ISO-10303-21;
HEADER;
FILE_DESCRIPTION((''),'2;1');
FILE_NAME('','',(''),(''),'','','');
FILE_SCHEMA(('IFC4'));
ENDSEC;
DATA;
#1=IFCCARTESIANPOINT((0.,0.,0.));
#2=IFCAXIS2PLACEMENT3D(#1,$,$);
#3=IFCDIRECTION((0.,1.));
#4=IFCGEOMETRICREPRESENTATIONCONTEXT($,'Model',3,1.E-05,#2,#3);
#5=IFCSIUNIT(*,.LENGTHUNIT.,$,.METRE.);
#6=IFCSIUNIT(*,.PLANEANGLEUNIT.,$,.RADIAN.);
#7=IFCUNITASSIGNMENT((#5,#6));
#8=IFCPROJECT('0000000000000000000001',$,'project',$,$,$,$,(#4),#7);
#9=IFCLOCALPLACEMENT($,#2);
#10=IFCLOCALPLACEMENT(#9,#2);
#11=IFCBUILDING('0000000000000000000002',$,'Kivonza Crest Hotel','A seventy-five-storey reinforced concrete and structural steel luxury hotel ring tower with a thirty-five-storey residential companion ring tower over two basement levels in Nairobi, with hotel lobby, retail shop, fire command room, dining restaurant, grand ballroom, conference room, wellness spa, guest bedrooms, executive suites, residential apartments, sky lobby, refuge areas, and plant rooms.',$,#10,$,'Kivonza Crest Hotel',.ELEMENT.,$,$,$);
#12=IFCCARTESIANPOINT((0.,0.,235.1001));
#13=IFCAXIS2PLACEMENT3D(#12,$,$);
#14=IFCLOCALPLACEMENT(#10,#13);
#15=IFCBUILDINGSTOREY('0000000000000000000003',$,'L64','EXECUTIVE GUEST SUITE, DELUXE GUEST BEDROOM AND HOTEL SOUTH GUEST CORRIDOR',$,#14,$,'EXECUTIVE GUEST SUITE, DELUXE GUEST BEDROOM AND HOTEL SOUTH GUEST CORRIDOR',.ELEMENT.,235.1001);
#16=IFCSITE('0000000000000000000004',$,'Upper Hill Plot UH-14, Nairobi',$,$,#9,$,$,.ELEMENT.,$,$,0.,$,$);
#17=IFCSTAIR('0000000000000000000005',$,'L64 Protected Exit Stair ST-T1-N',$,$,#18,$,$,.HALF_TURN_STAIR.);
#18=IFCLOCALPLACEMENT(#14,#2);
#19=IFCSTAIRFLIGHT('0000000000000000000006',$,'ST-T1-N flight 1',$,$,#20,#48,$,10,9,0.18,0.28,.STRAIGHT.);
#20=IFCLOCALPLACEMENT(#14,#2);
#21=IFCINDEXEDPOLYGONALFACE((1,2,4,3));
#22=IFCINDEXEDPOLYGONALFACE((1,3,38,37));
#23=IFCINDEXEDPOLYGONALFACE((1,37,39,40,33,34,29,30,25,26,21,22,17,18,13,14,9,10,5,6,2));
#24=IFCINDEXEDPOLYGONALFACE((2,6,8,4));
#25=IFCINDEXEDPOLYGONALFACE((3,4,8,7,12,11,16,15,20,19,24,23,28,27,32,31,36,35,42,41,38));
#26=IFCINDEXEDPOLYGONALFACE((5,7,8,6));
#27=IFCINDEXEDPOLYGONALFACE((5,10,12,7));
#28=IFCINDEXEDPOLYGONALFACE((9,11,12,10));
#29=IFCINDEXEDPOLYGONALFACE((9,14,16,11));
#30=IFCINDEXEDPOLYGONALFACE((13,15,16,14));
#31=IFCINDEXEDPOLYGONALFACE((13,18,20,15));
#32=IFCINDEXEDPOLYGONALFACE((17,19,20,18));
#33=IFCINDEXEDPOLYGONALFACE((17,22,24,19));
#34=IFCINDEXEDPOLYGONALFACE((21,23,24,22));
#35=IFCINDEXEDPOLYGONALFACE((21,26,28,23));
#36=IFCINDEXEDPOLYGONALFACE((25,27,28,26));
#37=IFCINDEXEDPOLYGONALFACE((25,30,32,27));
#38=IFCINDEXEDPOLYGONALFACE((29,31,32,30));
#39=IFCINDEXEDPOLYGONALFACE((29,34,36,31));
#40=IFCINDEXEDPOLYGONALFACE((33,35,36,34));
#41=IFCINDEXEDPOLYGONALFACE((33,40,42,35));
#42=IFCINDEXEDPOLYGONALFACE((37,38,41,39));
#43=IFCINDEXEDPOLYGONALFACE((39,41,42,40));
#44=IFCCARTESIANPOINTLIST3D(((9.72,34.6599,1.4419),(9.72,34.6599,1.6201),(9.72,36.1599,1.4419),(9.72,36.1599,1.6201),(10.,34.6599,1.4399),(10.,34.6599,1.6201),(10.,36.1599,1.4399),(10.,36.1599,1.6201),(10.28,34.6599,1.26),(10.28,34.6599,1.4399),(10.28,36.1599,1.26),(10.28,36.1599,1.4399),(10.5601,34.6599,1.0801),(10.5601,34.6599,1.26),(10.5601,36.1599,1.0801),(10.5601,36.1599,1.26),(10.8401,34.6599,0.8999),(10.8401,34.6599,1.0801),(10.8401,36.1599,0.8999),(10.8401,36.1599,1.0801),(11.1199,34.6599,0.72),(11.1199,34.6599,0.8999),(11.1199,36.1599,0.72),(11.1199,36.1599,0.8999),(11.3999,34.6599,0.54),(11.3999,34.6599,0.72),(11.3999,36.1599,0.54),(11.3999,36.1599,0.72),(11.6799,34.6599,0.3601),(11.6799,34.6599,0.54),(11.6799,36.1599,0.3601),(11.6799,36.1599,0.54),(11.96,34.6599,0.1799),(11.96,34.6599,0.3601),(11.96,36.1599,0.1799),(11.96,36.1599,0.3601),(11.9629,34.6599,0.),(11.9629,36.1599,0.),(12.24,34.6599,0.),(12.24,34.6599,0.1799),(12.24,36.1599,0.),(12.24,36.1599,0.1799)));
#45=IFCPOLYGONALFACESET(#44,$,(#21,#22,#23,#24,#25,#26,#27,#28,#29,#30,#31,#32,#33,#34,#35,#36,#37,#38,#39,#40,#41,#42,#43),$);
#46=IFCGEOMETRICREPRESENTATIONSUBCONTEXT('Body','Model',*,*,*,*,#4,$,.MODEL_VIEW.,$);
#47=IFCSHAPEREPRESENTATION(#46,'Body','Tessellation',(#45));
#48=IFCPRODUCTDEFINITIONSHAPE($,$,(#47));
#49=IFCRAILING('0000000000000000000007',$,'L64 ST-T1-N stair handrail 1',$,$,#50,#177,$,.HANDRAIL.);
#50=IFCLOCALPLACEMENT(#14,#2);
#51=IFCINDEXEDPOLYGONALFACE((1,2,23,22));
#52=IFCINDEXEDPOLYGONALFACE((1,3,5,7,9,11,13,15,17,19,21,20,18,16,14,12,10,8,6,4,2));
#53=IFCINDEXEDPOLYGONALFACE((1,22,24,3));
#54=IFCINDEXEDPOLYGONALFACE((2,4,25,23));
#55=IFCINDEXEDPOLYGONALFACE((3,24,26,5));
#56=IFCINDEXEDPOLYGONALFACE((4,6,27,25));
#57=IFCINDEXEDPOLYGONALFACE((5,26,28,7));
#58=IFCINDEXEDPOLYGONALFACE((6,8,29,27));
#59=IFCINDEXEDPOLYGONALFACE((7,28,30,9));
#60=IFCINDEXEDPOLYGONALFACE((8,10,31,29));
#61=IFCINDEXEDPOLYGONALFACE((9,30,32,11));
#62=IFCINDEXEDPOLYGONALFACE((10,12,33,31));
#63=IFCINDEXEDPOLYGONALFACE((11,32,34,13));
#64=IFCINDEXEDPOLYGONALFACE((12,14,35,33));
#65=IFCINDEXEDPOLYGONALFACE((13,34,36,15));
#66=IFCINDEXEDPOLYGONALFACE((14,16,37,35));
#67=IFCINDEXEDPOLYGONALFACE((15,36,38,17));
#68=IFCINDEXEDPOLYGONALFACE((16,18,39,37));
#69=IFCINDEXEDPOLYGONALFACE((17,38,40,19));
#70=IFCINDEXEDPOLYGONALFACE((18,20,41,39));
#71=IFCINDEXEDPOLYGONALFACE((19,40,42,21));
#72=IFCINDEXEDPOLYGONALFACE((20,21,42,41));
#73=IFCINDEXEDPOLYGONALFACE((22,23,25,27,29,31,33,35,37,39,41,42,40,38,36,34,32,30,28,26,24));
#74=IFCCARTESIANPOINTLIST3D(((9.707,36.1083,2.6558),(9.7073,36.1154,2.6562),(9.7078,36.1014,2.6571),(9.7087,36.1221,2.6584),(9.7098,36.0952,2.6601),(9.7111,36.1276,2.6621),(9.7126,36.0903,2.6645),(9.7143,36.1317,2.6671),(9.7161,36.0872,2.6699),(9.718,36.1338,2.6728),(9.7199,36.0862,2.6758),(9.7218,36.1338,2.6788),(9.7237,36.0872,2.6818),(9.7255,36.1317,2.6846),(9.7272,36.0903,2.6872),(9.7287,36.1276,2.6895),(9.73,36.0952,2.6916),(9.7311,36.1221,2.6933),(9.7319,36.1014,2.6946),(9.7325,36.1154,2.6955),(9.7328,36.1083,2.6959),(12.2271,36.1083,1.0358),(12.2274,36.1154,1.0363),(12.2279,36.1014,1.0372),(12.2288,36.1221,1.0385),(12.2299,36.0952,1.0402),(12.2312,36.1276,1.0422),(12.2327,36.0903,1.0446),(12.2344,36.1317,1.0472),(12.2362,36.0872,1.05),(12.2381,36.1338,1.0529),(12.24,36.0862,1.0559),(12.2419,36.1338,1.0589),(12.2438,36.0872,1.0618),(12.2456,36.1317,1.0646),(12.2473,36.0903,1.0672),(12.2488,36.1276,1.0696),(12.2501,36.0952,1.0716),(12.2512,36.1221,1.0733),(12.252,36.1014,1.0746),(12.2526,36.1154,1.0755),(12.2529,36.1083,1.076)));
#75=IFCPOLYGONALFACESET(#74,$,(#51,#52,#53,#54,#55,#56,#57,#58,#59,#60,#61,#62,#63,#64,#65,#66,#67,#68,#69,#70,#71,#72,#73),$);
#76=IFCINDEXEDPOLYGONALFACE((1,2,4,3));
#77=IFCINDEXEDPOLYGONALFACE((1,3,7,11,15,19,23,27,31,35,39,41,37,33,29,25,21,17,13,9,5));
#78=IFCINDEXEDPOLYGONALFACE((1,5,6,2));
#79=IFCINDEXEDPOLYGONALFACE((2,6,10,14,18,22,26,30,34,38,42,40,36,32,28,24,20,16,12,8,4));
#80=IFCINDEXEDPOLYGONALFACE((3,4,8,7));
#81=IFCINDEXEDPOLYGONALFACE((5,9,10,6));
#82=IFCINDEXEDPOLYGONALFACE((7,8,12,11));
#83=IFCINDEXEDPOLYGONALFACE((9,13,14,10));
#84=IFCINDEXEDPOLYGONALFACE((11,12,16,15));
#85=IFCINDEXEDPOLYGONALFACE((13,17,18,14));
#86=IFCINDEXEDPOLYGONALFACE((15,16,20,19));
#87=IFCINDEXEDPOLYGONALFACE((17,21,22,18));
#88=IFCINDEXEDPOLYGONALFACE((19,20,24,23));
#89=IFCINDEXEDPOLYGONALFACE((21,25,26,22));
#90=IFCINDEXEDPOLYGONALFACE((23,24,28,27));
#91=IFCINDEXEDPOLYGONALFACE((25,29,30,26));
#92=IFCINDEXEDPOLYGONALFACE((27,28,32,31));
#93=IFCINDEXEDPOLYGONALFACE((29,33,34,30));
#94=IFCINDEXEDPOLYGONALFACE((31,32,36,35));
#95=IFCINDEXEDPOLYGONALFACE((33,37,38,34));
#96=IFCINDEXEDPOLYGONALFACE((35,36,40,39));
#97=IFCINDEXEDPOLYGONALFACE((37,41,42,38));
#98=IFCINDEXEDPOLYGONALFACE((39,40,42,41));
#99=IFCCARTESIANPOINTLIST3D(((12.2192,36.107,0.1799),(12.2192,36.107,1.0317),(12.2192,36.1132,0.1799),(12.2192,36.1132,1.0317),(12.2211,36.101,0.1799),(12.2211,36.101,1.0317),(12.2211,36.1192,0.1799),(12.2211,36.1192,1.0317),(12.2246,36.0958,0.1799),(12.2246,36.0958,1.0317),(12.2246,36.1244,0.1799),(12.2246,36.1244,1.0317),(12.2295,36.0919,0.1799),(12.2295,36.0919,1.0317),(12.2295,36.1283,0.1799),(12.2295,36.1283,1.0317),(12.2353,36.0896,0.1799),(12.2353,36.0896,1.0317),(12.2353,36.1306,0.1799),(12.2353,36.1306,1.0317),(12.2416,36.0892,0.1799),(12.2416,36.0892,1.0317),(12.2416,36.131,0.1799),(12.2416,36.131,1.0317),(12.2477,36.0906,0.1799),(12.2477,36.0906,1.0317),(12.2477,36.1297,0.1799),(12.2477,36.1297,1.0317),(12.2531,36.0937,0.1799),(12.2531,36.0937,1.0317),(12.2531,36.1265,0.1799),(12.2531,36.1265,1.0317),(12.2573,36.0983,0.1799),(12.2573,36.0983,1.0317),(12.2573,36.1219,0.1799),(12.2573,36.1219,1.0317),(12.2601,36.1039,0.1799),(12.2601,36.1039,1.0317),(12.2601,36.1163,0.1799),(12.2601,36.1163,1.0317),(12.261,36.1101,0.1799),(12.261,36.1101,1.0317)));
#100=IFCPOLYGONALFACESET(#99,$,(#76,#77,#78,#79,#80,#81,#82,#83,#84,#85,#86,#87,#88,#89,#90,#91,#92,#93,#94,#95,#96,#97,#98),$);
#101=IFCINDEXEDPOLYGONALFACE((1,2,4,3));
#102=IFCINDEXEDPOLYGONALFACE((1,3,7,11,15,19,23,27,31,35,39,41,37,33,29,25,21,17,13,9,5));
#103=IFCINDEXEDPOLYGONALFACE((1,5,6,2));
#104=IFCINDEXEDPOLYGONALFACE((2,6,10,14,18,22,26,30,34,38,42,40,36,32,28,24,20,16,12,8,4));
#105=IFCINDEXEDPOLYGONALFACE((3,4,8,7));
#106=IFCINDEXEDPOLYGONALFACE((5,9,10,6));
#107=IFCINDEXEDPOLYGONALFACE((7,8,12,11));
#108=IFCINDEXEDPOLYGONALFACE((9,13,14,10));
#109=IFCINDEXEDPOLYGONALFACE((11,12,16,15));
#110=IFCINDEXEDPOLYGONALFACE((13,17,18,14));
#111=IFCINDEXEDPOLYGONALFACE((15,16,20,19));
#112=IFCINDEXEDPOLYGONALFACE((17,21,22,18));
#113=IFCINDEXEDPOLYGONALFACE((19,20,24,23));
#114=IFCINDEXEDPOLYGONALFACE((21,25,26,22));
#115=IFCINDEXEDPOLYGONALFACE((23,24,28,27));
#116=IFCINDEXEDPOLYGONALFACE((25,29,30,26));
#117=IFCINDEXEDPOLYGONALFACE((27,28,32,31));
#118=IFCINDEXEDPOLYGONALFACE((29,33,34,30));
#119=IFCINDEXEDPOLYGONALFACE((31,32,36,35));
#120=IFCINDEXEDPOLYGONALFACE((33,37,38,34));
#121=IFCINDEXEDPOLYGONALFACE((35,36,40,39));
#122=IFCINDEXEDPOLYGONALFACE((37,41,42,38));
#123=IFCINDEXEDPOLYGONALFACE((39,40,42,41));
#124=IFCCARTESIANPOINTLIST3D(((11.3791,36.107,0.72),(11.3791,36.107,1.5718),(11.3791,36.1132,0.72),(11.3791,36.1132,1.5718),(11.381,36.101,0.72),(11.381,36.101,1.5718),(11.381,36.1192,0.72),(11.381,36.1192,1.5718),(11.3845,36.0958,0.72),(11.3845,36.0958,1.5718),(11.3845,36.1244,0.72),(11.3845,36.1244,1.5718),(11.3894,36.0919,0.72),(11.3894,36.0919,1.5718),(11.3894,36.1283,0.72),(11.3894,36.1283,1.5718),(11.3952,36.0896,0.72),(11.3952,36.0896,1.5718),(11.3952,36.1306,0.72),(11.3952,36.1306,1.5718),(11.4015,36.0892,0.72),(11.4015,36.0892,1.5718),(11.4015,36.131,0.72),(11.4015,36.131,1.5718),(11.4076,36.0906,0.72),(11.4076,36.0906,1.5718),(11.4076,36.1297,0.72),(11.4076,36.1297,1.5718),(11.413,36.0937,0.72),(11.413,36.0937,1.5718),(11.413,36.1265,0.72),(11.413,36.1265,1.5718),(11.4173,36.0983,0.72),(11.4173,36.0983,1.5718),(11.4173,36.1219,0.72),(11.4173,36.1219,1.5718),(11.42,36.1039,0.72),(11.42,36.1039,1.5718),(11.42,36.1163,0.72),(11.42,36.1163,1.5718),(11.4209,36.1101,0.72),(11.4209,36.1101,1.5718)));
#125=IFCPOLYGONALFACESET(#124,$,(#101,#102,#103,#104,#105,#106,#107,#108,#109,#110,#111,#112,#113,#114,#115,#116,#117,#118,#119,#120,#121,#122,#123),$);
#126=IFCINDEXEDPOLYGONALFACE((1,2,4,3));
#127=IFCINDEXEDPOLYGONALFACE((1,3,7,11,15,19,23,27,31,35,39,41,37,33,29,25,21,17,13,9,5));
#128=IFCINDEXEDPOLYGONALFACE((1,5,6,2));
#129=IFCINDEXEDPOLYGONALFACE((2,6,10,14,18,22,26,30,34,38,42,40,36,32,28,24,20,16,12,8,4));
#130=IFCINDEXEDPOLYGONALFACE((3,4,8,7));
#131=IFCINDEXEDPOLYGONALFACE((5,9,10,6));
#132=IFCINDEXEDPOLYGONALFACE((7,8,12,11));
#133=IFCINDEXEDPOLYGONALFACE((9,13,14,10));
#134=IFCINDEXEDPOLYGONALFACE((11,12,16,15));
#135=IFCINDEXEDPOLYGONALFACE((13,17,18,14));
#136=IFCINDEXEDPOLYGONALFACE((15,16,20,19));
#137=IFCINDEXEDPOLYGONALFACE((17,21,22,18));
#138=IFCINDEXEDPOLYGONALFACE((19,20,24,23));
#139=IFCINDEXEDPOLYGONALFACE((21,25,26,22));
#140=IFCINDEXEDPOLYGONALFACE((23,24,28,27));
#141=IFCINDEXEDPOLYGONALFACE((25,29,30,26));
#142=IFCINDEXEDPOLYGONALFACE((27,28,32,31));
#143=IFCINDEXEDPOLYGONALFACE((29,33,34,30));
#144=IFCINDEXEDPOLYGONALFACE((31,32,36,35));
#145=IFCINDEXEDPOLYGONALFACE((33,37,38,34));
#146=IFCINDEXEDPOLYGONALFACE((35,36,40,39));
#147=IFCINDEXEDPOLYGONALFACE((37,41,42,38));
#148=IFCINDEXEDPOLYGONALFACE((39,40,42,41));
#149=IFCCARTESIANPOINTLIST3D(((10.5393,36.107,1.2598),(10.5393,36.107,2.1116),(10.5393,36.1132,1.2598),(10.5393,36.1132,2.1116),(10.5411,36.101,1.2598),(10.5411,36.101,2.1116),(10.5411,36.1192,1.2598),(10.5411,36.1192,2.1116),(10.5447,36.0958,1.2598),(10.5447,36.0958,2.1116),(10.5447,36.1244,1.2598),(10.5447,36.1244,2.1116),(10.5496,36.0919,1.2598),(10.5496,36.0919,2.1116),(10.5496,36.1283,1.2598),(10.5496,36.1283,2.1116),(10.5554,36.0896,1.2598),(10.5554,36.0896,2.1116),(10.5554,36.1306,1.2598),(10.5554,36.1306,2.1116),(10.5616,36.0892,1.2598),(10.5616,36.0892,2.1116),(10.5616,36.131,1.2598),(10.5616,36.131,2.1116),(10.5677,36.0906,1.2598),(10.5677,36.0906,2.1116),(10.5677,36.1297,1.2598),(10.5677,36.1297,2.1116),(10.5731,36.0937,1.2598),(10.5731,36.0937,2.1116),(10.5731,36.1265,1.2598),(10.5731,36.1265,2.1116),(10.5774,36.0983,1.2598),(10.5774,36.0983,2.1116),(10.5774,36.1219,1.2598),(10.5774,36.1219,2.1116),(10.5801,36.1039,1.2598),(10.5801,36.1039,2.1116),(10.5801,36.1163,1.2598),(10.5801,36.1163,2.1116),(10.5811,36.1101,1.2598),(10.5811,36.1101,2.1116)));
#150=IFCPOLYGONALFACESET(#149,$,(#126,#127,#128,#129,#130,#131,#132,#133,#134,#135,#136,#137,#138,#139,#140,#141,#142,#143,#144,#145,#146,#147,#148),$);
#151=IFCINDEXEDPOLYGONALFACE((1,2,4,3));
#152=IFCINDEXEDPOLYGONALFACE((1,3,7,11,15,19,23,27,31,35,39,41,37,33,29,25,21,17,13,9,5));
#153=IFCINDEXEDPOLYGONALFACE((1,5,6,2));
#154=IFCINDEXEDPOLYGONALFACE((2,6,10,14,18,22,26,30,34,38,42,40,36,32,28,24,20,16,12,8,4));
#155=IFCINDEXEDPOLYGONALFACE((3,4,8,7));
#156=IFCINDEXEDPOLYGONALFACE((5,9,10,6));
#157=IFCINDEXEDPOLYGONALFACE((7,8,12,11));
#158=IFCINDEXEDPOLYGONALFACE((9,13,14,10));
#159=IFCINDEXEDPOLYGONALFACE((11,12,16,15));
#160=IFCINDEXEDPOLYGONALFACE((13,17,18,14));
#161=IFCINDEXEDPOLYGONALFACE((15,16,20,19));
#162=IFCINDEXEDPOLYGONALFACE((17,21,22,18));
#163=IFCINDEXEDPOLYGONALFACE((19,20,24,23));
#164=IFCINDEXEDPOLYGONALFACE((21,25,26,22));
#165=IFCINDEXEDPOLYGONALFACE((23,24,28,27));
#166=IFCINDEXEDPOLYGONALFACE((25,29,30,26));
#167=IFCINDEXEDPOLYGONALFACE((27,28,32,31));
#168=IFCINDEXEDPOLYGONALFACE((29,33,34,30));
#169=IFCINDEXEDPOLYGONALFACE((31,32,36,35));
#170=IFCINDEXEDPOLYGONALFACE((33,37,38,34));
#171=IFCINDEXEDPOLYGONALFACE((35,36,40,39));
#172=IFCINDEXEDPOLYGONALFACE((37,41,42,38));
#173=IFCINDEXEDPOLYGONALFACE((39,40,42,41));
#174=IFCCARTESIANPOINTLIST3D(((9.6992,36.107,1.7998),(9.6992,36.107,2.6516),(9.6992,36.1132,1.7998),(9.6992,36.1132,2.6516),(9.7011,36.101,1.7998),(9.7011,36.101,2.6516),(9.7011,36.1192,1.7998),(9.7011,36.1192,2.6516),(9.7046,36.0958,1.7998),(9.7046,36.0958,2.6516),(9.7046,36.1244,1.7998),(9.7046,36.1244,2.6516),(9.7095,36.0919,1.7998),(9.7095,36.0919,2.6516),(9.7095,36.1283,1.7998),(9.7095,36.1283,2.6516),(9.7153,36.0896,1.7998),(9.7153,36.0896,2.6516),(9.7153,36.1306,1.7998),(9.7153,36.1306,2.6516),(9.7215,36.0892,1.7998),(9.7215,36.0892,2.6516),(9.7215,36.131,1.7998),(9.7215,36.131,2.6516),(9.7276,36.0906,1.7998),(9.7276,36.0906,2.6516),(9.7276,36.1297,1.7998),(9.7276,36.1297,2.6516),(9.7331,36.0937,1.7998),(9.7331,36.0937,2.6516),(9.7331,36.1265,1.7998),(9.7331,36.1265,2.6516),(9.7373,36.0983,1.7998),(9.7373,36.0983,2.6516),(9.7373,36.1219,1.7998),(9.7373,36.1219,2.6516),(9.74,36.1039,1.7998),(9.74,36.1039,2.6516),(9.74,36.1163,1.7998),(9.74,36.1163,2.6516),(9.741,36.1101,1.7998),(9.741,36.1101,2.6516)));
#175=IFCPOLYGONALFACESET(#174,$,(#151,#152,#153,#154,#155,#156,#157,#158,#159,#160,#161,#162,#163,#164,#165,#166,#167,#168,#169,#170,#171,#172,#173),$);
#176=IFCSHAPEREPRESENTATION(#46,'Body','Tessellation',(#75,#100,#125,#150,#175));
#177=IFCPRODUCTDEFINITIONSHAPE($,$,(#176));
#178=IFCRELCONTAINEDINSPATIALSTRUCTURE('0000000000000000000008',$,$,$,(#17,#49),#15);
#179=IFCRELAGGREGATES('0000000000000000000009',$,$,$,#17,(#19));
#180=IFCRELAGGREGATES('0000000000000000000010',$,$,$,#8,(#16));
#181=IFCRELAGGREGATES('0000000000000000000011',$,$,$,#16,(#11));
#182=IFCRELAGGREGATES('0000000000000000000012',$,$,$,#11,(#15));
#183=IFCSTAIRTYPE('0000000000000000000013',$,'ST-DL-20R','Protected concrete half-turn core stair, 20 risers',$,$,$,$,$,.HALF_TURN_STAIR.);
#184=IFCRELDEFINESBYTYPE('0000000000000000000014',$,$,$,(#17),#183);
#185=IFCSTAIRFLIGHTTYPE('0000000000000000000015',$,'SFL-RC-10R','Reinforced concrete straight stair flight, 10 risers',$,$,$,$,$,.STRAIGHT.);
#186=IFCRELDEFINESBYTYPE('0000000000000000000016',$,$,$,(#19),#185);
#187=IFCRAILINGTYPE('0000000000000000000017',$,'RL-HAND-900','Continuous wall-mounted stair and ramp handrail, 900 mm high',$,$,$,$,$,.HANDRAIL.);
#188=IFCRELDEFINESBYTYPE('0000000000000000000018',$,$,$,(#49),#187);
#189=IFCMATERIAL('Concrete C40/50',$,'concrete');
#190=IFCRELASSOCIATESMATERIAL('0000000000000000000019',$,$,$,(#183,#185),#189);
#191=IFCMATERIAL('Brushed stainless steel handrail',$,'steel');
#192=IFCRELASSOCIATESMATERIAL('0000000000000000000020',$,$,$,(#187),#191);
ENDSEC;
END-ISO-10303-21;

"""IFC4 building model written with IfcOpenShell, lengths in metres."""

from ifc_helpers import new_model, si_unit, direction, frame, origin, origin_2d, place, context, subcontext, project, spatial, polyline, circle, outline, extrude, material, type_object, element, aggregate, save


model = new_model("IFC4")

# Units and contexts
model_context = context("Model", 3, precision=1e-05, world=origin(), true_north=direction((0.0, 1.0)))
body_context = subcontext(model_context, "Body", "Model", "MODEL_VIEW")
ifc_project = project(units=[si_unit("LENGTHUNIT", "METRE"), si_unit("PLANEANGLEUNIT", "RADIAN")], contexts=[model_context])

# Site, building, storey
site_placement = place(None, origin())
site = spatial("IfcSite", under=ifc_project, at=site_placement, Name="Upper Hill Plot UH-14, Nairobi", CompositionType="ELEMENT", RefElevation=0.0)
building_placement = place(site_placement, origin())
building = spatial("IfcBuilding", under=site, at=building_placement, Name="Kivonza Crest Hotel", Description="A seventy-five-storey reinforced concrete and structural steel luxury hotel ring tower with a thirty-five-storey residential companion ring tower over two basement levels in Nairobi, with hotel lobby, retail shop, fire command room, dining restaurant, grand ballroom, conference room, wellness spa, guest bedrooms, executive suites, residential apartments, sky lobby, refuge areas, and plant rooms.", LongName="Kivonza Crest Hotel", CompositionType="ELEMENT")
storey_placement = place(building_placement, frame((0.0, 0.0, 235.1001)))
storey = spatial("IfcBuildingStorey", under=building, at=storey_placement, Name="L64", Description="EXECUTIVE GUEST SUITE, DELUXE GUEST BEDROOM AND HOTEL SOUTH GUEST CORRIDOR", LongName="EXECUTIVE GUEST SUITE, DELUXE GUEST BEDROOM AND HOTEL SOUTH GUEST CORRIDOR", CompositionType="ELEMENT", Elevation=235.1001)

# Stair, stair flight
ifc_material_1 = material(Name="Concrete C40/50", Category="concrete")
stair_type = type_object("IfcStairType", Name="ST-DL-20R", Description="Protected concrete half-turn core stair, 20 risers", PredefinedType="HALF_TURN_STAIR", material=ifc_material_1)
stair_placement = place(storey_placement, origin())
stair = element("IfcStair", 1, at=stair_placement, inside=storey, type_object=stair_type, Name="L64 Protected Exit Stair ST-T1-N", PredefinedType="HALF_TURN_STAIR")
stair_flight_type = type_object("IfcStairFlightType", Name="SFL-RC-10R", Description="Reinforced concrete straight stair flight, 10 risers", PredefinedType="STRAIGHT", material=ifc_material_1)
stair_flight_placement = place(storey_placement, frame((12.24, 35.4099, 0.0), z_axis=(0.0, 0.0, 1.0), x_axis=(-1.0, 0.0, 0.0)))
stair_flight = element("IfcStairFlight", 2, at=stair_flight_placement, type_object=stair_flight_type, Name="ST-T1-N flight 1", NumberOfRisers=10, NumberOfTreads=9, PredefinedType="STRAIGHT", RiserHeight=0.18, TreadLength=0.28, context=body_context, shape_type="SweptSolid", body=[
    extrude(outline(polyline([(0.0, 0.0), (0.0, 0.1799), (0.28, 0.1799), (0.28, 0.3601), (0.5601, 0.3601), (0.5601, 0.54), (0.8401, 0.54), (0.8401, 0.72), (1.1201, 0.72), (1.1201, 0.8999), (1.3999, 0.8999), (1.3999, 1.0801), (1.6799, 1.0801), (1.6799, 1.26), (1.96, 1.26), (1.96, 1.4399), (2.24, 1.4399), (2.24, 1.6201), (2.52, 1.6201), (2.52, 1.8), (2.52, 1.4419), (0.2771, 0.0), (0.0, 0.0)])), frame((0.0, 0.75, 0.0), z_axis=(0.0, -1.0, 0.0), x_axis=(1.0, 0.0, 0.0)), (0.0, 0.0, 1.0), 1.5),
])
aggregate(stair, [stair_flight])

# Railing
ifc_material_2 = material(Name="Brushed stainless steel handrail", Category="steel")
railing_type_1 = type_object("IfcRailingType", Name="RL-HAND-900", Description="Continuous wall-mounted stair and ramp handrail, 900 mm high", PredefinedType="HANDRAIL", material=ifc_material_2)
railing_1_placement = place(storey_placement, frame((12.24, 36.1101, 0.1799)))
element("IfcRailing", 3, at=railing_1_placement, inside=storey, type_object=railing_type_1, Name="L64 ST-T1-N stair handrail 1", PredefinedType="HANDRAIL", context=body_context, shape_type="SweptSolid", body=[
    extrude(circle(Radius=0.0239, at=origin_2d()), frame((0.0, 0.0, 0.876), z_axis=(-0.8412, 0.0, 0.540725), x_axis=(0.0, -1.0, 0.0)), (0.0, 0.0, 1.0), 2.9958),
    extrude(circle(Radius=0.021, at=origin_2d()), origin(), (0.0, 0.0, 1.0), 0.8518),
    extrude(circle(Radius=0.021, at=origin_2d()), frame((-0.8401, 0.0, 0.54)), (0.0, 0.0, 1.0), 0.8518),
    extrude(circle(Radius=0.021, at=origin_2d()), frame((-1.6799, 0.0, 1.0798)), (0.0, 0.0, 1.0), 0.8518),
    extrude(circle(Radius=0.021, at=origin_2d()), frame((-2.52, 0.0, 1.6199)), (0.0, 0.0, 1.0), 0.8518),
])

save(model, "model.ifc")
